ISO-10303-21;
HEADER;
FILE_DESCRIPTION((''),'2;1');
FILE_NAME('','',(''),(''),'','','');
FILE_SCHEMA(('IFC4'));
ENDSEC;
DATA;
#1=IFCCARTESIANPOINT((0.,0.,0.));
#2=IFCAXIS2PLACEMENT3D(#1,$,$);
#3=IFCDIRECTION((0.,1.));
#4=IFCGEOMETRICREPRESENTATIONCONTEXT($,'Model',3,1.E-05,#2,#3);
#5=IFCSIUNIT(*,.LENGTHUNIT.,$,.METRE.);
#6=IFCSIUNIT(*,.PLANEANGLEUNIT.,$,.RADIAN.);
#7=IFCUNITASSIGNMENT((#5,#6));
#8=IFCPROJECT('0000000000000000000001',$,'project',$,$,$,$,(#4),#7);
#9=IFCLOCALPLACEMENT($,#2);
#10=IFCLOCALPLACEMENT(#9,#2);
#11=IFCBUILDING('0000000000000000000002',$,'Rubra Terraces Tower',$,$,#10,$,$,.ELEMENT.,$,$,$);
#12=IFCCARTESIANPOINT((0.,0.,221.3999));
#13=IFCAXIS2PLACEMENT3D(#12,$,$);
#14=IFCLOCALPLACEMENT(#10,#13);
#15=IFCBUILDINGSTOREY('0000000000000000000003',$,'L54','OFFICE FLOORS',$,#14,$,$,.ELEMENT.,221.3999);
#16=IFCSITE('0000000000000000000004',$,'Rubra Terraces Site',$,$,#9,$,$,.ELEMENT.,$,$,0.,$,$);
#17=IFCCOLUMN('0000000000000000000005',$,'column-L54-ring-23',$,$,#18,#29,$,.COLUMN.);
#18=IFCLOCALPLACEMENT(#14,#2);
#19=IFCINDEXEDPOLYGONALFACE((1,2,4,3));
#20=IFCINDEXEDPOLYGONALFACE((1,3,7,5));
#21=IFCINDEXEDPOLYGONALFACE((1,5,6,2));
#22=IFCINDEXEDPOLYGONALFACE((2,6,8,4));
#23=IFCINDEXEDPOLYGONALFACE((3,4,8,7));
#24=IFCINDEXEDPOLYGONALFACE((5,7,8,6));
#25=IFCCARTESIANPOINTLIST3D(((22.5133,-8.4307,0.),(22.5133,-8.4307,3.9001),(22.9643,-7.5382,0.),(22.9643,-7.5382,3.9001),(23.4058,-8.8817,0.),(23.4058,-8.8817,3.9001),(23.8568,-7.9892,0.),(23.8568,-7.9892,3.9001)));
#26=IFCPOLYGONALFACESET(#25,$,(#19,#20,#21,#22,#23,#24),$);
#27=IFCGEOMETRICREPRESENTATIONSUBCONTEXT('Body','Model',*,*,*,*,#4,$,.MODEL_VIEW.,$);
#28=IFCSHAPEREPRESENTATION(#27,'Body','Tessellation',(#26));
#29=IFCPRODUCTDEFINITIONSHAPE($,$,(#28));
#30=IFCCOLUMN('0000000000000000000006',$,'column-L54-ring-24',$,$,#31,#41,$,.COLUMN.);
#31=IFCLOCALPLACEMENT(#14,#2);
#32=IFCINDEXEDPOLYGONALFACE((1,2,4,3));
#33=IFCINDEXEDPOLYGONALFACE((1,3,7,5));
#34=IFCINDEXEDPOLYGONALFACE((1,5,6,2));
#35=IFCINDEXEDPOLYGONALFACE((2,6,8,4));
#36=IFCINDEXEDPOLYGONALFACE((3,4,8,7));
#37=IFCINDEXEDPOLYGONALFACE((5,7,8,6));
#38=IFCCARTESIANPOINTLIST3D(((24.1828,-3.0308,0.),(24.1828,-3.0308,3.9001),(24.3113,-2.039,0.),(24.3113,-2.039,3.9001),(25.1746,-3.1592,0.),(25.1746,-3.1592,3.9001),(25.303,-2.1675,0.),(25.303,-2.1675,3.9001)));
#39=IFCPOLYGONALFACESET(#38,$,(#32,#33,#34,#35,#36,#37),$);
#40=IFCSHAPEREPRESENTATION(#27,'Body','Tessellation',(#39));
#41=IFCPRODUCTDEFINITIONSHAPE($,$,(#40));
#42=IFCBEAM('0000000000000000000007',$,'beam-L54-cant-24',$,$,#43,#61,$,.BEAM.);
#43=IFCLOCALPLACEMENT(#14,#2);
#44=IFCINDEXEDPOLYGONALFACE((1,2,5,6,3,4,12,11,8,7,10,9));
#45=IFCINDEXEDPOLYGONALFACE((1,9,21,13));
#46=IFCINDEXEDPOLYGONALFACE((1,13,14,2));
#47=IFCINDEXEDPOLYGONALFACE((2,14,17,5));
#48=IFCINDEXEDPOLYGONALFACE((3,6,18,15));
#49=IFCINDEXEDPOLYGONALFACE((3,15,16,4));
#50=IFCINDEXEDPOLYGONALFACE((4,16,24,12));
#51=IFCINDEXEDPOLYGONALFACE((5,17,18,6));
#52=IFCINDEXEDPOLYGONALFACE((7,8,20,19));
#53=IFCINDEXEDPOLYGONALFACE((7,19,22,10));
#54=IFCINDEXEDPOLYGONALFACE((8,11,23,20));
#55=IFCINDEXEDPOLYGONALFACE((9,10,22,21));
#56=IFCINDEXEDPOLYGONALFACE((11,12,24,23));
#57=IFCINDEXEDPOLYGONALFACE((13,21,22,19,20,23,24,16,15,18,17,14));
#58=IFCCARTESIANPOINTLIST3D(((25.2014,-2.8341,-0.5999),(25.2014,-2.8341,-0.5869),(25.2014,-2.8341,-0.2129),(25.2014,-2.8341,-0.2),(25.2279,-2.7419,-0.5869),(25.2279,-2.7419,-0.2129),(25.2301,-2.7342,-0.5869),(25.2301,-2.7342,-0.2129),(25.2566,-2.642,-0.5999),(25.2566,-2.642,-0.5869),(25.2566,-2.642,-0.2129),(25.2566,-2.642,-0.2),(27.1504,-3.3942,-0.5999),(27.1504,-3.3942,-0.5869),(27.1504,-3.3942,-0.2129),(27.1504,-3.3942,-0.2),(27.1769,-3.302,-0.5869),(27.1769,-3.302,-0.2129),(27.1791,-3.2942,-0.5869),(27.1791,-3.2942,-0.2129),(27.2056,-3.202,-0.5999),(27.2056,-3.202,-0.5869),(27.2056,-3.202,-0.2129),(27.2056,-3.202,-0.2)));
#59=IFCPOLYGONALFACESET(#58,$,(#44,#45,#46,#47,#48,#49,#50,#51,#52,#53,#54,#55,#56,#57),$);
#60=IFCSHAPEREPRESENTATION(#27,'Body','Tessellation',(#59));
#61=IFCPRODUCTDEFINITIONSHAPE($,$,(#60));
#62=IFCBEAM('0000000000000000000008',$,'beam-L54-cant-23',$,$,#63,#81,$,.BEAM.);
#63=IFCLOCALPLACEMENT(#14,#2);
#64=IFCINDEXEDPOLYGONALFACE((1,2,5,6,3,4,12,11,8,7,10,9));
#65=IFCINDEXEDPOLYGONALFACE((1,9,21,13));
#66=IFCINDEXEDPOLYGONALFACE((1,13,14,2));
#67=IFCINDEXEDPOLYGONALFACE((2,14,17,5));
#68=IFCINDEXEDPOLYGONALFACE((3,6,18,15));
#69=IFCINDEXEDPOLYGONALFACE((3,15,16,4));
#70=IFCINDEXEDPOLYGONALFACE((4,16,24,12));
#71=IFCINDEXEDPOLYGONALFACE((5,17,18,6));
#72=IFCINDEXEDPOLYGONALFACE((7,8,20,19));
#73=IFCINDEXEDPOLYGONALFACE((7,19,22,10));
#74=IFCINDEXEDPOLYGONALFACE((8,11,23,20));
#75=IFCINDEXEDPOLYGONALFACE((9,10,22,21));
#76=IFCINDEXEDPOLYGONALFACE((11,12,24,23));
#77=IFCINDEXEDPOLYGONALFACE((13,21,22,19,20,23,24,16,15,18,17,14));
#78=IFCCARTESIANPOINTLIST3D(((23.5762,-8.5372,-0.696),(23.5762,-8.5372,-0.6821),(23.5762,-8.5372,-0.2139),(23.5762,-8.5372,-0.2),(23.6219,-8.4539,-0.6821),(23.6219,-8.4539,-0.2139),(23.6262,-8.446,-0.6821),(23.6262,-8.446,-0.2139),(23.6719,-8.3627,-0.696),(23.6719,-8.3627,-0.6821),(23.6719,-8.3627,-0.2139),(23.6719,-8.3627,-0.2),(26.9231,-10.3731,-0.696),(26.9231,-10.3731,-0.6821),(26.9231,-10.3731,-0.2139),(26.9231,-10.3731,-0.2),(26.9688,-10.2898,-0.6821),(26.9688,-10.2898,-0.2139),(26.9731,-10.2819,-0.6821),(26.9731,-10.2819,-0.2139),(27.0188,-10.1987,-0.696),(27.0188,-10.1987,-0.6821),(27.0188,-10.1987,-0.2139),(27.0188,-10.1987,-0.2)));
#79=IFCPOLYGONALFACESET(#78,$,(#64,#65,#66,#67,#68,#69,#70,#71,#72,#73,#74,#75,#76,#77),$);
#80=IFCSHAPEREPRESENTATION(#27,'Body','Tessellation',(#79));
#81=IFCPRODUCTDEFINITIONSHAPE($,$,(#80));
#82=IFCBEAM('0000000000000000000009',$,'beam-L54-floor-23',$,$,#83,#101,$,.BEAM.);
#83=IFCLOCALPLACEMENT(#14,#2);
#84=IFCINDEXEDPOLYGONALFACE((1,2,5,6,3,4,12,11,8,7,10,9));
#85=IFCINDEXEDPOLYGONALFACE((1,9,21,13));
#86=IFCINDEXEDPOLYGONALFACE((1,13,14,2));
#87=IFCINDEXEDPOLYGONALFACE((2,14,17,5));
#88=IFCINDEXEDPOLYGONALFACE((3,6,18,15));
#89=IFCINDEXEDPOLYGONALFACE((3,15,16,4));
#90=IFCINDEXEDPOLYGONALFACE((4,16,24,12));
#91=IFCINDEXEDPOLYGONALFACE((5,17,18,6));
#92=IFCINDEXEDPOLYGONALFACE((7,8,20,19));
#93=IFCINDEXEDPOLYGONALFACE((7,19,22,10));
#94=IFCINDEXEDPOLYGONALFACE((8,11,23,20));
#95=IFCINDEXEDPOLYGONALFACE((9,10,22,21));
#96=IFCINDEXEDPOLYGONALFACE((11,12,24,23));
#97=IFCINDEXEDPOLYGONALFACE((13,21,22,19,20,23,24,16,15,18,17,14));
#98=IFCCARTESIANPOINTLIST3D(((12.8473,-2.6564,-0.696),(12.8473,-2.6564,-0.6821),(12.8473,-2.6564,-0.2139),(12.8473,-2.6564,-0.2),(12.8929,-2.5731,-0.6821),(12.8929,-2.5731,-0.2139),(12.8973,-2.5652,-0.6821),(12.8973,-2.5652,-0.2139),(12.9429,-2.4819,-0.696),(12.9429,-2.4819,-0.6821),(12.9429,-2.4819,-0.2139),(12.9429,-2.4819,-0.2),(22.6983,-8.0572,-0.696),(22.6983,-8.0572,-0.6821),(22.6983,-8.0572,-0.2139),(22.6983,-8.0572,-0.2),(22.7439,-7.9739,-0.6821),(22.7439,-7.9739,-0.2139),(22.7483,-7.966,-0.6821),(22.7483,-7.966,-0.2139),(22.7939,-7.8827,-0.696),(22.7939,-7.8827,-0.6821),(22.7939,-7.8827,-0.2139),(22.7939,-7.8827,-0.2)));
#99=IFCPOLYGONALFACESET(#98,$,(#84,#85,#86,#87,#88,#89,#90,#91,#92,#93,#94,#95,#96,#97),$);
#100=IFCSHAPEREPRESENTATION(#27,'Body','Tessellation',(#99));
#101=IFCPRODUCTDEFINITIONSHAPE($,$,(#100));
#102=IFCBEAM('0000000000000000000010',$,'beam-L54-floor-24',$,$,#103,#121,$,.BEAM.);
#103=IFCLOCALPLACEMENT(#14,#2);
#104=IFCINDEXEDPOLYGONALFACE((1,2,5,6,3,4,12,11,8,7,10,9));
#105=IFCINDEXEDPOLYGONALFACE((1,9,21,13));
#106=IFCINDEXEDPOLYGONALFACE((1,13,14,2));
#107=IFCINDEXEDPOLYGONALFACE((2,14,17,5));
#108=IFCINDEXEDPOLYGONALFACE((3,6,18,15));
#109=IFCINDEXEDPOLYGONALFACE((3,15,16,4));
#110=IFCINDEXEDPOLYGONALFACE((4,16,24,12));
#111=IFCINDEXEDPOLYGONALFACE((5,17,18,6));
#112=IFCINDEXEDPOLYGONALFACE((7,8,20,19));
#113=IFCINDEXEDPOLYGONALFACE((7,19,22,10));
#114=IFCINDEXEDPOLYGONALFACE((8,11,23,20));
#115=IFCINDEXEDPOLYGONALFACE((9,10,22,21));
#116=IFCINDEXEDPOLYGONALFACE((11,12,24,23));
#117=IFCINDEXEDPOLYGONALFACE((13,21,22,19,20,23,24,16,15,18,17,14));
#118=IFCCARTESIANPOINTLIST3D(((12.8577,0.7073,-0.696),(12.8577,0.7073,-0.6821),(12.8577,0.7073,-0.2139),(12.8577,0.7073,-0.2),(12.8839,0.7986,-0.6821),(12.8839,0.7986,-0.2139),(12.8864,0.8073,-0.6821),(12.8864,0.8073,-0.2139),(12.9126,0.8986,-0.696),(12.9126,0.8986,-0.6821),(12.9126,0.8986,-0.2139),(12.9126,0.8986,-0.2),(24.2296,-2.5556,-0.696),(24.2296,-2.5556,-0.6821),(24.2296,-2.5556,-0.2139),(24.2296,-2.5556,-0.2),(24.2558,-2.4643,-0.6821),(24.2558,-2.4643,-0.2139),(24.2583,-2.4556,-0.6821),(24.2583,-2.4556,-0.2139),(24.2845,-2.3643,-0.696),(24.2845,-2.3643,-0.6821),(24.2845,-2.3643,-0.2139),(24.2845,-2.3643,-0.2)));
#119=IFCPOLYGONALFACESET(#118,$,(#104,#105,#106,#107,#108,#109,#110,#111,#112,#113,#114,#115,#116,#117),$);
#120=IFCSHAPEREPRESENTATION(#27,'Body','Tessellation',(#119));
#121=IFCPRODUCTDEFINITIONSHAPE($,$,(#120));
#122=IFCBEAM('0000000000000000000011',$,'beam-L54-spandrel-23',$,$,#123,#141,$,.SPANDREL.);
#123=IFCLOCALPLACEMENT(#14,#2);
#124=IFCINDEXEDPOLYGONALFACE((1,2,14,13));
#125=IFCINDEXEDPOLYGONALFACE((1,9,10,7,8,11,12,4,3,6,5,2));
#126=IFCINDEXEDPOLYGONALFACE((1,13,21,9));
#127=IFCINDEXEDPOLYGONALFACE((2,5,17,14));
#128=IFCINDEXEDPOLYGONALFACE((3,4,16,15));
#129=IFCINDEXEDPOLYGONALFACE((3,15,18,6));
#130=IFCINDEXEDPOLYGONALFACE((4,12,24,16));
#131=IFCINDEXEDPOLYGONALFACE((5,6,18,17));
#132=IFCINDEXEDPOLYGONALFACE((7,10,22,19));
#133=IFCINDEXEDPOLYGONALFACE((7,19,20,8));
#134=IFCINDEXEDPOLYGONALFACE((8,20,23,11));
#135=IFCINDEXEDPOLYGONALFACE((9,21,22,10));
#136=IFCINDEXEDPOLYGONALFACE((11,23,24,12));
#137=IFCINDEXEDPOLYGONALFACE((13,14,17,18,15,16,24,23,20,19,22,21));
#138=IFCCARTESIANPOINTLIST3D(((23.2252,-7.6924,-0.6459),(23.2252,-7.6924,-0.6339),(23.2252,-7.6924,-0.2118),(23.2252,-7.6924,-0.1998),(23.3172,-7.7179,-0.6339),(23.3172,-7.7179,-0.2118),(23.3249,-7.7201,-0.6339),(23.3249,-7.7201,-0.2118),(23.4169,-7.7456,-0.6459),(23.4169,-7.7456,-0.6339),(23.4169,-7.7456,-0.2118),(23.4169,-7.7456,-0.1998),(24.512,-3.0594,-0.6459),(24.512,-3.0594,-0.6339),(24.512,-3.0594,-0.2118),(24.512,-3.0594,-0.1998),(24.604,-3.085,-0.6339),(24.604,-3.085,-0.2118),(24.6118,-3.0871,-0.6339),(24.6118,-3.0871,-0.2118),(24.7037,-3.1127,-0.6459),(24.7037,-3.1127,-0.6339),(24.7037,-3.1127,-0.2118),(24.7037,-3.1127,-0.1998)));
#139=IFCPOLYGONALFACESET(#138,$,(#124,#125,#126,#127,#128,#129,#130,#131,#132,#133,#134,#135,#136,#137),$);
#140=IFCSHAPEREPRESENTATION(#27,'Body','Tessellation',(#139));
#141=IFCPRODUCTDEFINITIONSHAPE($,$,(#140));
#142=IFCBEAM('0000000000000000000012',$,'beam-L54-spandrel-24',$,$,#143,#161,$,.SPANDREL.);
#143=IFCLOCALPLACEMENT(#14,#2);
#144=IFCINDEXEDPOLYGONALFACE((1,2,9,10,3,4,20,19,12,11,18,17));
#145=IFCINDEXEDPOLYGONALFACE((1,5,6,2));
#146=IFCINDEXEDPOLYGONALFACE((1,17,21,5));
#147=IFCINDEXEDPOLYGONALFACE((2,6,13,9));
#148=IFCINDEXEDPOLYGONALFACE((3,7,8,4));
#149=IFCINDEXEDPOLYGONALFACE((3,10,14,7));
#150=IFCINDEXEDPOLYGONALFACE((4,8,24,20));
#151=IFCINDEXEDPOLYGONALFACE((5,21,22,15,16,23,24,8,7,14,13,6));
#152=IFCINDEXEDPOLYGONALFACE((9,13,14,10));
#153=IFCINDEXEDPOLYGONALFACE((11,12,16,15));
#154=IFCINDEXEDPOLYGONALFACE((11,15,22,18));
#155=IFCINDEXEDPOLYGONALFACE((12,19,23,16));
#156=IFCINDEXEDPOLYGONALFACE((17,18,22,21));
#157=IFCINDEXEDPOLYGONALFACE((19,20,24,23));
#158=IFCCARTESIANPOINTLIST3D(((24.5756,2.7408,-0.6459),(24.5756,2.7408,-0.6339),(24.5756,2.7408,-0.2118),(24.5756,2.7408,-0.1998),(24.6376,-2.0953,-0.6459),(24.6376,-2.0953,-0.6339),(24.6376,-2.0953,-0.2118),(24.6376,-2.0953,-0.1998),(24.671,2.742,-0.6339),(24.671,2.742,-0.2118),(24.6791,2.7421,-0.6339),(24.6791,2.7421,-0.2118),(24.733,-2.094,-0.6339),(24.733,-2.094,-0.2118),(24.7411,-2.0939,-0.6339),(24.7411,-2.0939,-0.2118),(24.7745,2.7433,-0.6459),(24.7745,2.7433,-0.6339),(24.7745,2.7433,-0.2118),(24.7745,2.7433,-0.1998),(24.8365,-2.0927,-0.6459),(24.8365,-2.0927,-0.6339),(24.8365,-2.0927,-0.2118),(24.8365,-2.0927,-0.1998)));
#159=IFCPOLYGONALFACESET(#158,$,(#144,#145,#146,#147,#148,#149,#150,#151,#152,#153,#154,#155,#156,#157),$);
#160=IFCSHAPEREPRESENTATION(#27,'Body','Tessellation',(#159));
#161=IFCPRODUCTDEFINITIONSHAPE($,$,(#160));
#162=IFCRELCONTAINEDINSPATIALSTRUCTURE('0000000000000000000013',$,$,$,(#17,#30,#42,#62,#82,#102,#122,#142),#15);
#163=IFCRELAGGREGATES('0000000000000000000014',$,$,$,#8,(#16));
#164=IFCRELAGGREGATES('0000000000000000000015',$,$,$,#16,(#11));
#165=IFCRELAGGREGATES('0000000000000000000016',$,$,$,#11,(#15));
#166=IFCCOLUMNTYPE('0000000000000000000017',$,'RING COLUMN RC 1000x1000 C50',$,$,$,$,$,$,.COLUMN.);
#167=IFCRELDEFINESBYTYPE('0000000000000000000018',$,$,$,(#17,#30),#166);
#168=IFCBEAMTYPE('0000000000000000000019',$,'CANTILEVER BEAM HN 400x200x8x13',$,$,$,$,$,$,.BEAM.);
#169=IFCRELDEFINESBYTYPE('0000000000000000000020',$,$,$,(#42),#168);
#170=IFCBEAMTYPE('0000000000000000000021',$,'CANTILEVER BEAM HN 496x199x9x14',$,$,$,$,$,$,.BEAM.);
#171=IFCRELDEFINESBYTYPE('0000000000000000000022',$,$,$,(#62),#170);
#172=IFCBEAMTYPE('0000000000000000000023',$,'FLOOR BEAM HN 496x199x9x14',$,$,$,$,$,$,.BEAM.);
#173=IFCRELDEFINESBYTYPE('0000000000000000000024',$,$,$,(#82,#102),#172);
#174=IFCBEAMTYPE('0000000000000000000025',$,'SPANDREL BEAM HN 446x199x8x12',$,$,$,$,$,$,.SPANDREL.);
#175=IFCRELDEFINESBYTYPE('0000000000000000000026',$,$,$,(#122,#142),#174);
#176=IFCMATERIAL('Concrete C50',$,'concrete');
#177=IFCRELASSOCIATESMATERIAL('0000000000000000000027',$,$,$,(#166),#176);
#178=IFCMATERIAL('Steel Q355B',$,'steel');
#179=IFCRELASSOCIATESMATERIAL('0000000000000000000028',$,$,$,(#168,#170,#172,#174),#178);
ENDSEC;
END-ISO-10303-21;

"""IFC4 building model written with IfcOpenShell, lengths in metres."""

from ifc_helpers import new_model, si_unit, direction, frame, origin, origin_2d, place, context, subcontext, project, spatial, rectangle, i_section, extrude, material, material_profile, profile_set, type_object, element, save


model = new_model("IFC4")

# Units and contexts
model_context = context("Model", 3, precision=1e-05, world=origin(), true_north=direction((0.0, 1.0)))
body_context = subcontext(model_context, "Body", "Model", "MODEL_VIEW")
ifc_project = project(units=[si_unit("LENGTHUNIT", "METRE"), si_unit("PLANEANGLEUNIT", "RADIAN")], contexts=[model_context])

# Site, building, storey
site_placement = place(None, origin())
site = spatial("IfcSite", under=ifc_project, at=site_placement, Name="Rubra Terraces Site", CompositionType="ELEMENT", RefElevation=0.0)
building_placement = place(site_placement, origin())
building = spatial("IfcBuilding", under=site, at=building_placement, Name="Rubra Terraces Tower", CompositionType="ELEMENT")
storey_placement = place(building_placement, frame((0.0, 0.0, 221.3999)))
storey = spatial("IfcBuildingStorey", under=building, at=storey_placement, Name="L54", Description="OFFICE FLOORS", CompositionType="ELEMENT", Elevation=221.3999)

# Columns
ifc_material_1 = material(Name="Concrete C50", Category="concrete")
ifc_material_profile_1 = material_profile(ifc_material_1, rectangle(XDim=1.0, YDim=1.0, at=origin_2d()), Name="RC 1000x1000")
ifc_profile_set_1 = profile_set([ifc_material_profile_1], Name="Concrete C50")
column_type = type_object("IfcColumnType", Name="RING COLUMN RC 1000x1000 C50", PredefinedType="COLUMN", material=ifc_profile_set_1)
for number, where, z_axis, x_axis, name in (
    (1, (23.1851, -8.21, 0.0), (0.0, 0.0, 1.0), (0.451028, 0.89251, 0.0), "column-L54-ring-23"),
    (2, (24.7429, -2.5991, 0.0), (0.0, 0.0, 1.0), (0.128444, 0.991717, 0.0), "column-L54-ring-24"),
):
    element("IfcColumn", number, at=place(storey_placement, frame(where, z_axis=z_axis, x_axis=x_axis)), inside=storey, type_object=column_type, Name=name, PredefinedType="COLUMN", context=body_context, shape_type="SweptSolid", body=[
        extrude(rectangle(XDim=1.0, YDim=1.0, at=origin_2d()), origin(), (0.0, 0.0, 1.0), 3.9001),
    ])

# Beams
ifc_material_2 = material(Name="Steel Q355B", Category="steel")
ifc_material_profile_2 = material_profile(ifc_material_2, i_section(OverallWidth=0.2, OverallDepth=0.3999, WebThickness=0.0081, FlangeThickness=0.0129, at=origin_2d()), Name="HN 400x200x8x13")
ifc_profile_set_2 = profile_set([ifc_material_profile_2], Name="Steel Q355B")
beam_type_1 = type_object("IfcBeamType", Name="CANTILEVER BEAM HN 400x200x8x13", PredefinedType="BEAM", material=ifc_profile_set_2)
beam_1_placement = place(storey_placement, frame((25.229, -2.738, -0.3999), z_axis=(0.961105, -0.276184, 0.0), x_axis=(0.276184, 0.961105, 0.0)))
element("IfcBeam", 3, at=beam_1_placement, inside=storey, type_object=beam_type_1, Name="beam-L54-cant-24", PredefinedType="BEAM", context=body_context, shape_type="SweptSolid", body=[
    extrude(i_section(OverallWidth=0.2, OverallDepth=0.3999, WebThickness=0.0081, FlangeThickness=0.0129, at=origin_2d()), origin(), (0.0, 0.0, 1.0), 2.0278),
])
ifc_material_profile_3 = material_profile(ifc_material_2, i_section(OverallWidth=0.199, OverallDepth=0.4961, WebThickness=0.009, FlangeThickness=0.0139, at=origin_2d()), Name="HN 496x199x9x14")
ifc_profile_set_3 = profile_set([ifc_material_profile_3], Name="Steel Q355B")
beam_type_2 = type_object("IfcBeamType", Name="CANTILEVER BEAM HN 496x199x9x14", PredefinedType="BEAM", material=ifc_profile_set_3)
beam_2_placement = place(storey_placement, frame((23.624, -8.45, -0.448), z_axis=(0.876754, -0.480939, 0.0), x_axis=(0.480939, 0.876754, 0.0)))
element("IfcBeam", 4, at=beam_2_placement, inside=storey, type_object=beam_type_2, Name="beam-L54-cant-23", PredefinedType="BEAM", context=body_context, shape_type="SweptSolid", body=[
    extrude(i_section(OverallWidth=0.199, OverallDepth=0.4961, WebThickness=0.009, FlangeThickness=0.0139, at=origin_2d()), origin(), (0.0, 0.0, 1.0), 3.8174),
])
ifc_material_profile_4 = material_profile(ifc_material_2, i_section(OverallWidth=0.199, OverallDepth=0.4961, WebThickness=0.009, FlangeThickness=0.0139, at=origin_2d()), Name="HN 496x199x9x14")
ifc_profile_set_4 = profile_set([ifc_material_profile_4], Name="Steel Q355B")
beam_type_3 = type_object("IfcBeamType", Name="FLOOR BEAM HN 496x199x9x14", PredefinedType="BEAM", material=ifc_profile_set_4)
beam_3_placement = place(storey_placement, frame((22.7461, -7.97, -0.448), z_axis=(-0.876862, 0.480742, 0.0), x_axis=(-0.480742, -0.876862, 0.0)))
element("IfcBeam", 5, at=beam_3_placement, inside=storey, type_object=beam_type_3, Name="beam-L54-floor-23", PredefinedType="BEAM", context=body_context, shape_type="SweptSolid", body=[
    extrude(i_section(OverallWidth=0.199, OverallDepth=0.4961, WebThickness=0.009, FlangeThickness=0.0139, at=origin_2d()), origin(), (0.0, 0.0, 1.0), 11.2344),
])
beam_4_placement = place(storey_placement, frame((24.2571, -2.46, -0.448), z_axis=(-0.961216, 0.275798, 0.0), x_axis=(-0.275798, -0.961216, 0.0)))
element("IfcBeam", 6, at=beam_4_placement, inside=storey, type_object=beam_type_3, Name="beam-L54-floor-24", PredefinedType="BEAM", context=body_context, shape_type="SweptSolid", body=[
    extrude(i_section(OverallWidth=0.199, OverallDepth=0.4961, WebThickness=0.009, FlangeThickness=0.0139, at=origin_2d()), origin(), (0.0, 0.0, 1.0), 11.8308),
])
ifc_material_profile_5 = material_profile(ifc_material_2, i_section(OverallWidth=0.199, OverallDepth=0.446, WebThickness=0.0081, FlangeThickness=0.012, at=origin_2d()), Name="HN 446x199x8x12")
ifc_profile_set_5 = profile_set([ifc_material_profile_5], Name="Steel Q355B")
beam_type_4 = type_object("IfcBeamType", Name="SPANDREL BEAM HN 446x199x8x12", PredefinedType="SPANDREL", material=ifc_profile_set_5)
beam_5_placement = place(storey_placement, frame((23.321, -7.719, -0.4229), z_axis=(0.267626, 0.963523, 0.0), x_axis=(-0.963523, 0.267626, 0.0)))
element("IfcBeam", 7, at=beam_5_placement, inside=storey, type_object=beam_type_4, Name="beam-L54-spandrel-23", PredefinedType="SPANDREL", context=body_context, shape_type="SweptSolid", body=[
    extrude(i_section(OverallWidth=0.199, OverallDepth=0.446, WebThickness=0.0081, FlangeThickness=0.012, at=origin_2d()), origin(), (0.0, 0.0, 1.0), 4.8083),
])
beam_6_placement = place(storey_placement, frame((24.7371, -2.094, -0.4229), z_axis=(-0.012822, 0.999918, 0.0), x_axis=(-0.999918, -0.012822, 0.0)))
element("IfcBeam", 8, at=beam_6_placement, inside=storey, type_object=beam_type_4, Name="beam-L54-spandrel-24", PredefinedType="SPANDREL", context=body_context, shape_type="SweptSolid", body=[
    extrude(i_section(OverallWidth=0.199, OverallDepth=0.446, WebThickness=0.0081, FlangeThickness=0.012, at=origin_2d()), origin(), (0.0, 0.0, 1.0), 4.8364),
])

save(model, "model.ifc")
